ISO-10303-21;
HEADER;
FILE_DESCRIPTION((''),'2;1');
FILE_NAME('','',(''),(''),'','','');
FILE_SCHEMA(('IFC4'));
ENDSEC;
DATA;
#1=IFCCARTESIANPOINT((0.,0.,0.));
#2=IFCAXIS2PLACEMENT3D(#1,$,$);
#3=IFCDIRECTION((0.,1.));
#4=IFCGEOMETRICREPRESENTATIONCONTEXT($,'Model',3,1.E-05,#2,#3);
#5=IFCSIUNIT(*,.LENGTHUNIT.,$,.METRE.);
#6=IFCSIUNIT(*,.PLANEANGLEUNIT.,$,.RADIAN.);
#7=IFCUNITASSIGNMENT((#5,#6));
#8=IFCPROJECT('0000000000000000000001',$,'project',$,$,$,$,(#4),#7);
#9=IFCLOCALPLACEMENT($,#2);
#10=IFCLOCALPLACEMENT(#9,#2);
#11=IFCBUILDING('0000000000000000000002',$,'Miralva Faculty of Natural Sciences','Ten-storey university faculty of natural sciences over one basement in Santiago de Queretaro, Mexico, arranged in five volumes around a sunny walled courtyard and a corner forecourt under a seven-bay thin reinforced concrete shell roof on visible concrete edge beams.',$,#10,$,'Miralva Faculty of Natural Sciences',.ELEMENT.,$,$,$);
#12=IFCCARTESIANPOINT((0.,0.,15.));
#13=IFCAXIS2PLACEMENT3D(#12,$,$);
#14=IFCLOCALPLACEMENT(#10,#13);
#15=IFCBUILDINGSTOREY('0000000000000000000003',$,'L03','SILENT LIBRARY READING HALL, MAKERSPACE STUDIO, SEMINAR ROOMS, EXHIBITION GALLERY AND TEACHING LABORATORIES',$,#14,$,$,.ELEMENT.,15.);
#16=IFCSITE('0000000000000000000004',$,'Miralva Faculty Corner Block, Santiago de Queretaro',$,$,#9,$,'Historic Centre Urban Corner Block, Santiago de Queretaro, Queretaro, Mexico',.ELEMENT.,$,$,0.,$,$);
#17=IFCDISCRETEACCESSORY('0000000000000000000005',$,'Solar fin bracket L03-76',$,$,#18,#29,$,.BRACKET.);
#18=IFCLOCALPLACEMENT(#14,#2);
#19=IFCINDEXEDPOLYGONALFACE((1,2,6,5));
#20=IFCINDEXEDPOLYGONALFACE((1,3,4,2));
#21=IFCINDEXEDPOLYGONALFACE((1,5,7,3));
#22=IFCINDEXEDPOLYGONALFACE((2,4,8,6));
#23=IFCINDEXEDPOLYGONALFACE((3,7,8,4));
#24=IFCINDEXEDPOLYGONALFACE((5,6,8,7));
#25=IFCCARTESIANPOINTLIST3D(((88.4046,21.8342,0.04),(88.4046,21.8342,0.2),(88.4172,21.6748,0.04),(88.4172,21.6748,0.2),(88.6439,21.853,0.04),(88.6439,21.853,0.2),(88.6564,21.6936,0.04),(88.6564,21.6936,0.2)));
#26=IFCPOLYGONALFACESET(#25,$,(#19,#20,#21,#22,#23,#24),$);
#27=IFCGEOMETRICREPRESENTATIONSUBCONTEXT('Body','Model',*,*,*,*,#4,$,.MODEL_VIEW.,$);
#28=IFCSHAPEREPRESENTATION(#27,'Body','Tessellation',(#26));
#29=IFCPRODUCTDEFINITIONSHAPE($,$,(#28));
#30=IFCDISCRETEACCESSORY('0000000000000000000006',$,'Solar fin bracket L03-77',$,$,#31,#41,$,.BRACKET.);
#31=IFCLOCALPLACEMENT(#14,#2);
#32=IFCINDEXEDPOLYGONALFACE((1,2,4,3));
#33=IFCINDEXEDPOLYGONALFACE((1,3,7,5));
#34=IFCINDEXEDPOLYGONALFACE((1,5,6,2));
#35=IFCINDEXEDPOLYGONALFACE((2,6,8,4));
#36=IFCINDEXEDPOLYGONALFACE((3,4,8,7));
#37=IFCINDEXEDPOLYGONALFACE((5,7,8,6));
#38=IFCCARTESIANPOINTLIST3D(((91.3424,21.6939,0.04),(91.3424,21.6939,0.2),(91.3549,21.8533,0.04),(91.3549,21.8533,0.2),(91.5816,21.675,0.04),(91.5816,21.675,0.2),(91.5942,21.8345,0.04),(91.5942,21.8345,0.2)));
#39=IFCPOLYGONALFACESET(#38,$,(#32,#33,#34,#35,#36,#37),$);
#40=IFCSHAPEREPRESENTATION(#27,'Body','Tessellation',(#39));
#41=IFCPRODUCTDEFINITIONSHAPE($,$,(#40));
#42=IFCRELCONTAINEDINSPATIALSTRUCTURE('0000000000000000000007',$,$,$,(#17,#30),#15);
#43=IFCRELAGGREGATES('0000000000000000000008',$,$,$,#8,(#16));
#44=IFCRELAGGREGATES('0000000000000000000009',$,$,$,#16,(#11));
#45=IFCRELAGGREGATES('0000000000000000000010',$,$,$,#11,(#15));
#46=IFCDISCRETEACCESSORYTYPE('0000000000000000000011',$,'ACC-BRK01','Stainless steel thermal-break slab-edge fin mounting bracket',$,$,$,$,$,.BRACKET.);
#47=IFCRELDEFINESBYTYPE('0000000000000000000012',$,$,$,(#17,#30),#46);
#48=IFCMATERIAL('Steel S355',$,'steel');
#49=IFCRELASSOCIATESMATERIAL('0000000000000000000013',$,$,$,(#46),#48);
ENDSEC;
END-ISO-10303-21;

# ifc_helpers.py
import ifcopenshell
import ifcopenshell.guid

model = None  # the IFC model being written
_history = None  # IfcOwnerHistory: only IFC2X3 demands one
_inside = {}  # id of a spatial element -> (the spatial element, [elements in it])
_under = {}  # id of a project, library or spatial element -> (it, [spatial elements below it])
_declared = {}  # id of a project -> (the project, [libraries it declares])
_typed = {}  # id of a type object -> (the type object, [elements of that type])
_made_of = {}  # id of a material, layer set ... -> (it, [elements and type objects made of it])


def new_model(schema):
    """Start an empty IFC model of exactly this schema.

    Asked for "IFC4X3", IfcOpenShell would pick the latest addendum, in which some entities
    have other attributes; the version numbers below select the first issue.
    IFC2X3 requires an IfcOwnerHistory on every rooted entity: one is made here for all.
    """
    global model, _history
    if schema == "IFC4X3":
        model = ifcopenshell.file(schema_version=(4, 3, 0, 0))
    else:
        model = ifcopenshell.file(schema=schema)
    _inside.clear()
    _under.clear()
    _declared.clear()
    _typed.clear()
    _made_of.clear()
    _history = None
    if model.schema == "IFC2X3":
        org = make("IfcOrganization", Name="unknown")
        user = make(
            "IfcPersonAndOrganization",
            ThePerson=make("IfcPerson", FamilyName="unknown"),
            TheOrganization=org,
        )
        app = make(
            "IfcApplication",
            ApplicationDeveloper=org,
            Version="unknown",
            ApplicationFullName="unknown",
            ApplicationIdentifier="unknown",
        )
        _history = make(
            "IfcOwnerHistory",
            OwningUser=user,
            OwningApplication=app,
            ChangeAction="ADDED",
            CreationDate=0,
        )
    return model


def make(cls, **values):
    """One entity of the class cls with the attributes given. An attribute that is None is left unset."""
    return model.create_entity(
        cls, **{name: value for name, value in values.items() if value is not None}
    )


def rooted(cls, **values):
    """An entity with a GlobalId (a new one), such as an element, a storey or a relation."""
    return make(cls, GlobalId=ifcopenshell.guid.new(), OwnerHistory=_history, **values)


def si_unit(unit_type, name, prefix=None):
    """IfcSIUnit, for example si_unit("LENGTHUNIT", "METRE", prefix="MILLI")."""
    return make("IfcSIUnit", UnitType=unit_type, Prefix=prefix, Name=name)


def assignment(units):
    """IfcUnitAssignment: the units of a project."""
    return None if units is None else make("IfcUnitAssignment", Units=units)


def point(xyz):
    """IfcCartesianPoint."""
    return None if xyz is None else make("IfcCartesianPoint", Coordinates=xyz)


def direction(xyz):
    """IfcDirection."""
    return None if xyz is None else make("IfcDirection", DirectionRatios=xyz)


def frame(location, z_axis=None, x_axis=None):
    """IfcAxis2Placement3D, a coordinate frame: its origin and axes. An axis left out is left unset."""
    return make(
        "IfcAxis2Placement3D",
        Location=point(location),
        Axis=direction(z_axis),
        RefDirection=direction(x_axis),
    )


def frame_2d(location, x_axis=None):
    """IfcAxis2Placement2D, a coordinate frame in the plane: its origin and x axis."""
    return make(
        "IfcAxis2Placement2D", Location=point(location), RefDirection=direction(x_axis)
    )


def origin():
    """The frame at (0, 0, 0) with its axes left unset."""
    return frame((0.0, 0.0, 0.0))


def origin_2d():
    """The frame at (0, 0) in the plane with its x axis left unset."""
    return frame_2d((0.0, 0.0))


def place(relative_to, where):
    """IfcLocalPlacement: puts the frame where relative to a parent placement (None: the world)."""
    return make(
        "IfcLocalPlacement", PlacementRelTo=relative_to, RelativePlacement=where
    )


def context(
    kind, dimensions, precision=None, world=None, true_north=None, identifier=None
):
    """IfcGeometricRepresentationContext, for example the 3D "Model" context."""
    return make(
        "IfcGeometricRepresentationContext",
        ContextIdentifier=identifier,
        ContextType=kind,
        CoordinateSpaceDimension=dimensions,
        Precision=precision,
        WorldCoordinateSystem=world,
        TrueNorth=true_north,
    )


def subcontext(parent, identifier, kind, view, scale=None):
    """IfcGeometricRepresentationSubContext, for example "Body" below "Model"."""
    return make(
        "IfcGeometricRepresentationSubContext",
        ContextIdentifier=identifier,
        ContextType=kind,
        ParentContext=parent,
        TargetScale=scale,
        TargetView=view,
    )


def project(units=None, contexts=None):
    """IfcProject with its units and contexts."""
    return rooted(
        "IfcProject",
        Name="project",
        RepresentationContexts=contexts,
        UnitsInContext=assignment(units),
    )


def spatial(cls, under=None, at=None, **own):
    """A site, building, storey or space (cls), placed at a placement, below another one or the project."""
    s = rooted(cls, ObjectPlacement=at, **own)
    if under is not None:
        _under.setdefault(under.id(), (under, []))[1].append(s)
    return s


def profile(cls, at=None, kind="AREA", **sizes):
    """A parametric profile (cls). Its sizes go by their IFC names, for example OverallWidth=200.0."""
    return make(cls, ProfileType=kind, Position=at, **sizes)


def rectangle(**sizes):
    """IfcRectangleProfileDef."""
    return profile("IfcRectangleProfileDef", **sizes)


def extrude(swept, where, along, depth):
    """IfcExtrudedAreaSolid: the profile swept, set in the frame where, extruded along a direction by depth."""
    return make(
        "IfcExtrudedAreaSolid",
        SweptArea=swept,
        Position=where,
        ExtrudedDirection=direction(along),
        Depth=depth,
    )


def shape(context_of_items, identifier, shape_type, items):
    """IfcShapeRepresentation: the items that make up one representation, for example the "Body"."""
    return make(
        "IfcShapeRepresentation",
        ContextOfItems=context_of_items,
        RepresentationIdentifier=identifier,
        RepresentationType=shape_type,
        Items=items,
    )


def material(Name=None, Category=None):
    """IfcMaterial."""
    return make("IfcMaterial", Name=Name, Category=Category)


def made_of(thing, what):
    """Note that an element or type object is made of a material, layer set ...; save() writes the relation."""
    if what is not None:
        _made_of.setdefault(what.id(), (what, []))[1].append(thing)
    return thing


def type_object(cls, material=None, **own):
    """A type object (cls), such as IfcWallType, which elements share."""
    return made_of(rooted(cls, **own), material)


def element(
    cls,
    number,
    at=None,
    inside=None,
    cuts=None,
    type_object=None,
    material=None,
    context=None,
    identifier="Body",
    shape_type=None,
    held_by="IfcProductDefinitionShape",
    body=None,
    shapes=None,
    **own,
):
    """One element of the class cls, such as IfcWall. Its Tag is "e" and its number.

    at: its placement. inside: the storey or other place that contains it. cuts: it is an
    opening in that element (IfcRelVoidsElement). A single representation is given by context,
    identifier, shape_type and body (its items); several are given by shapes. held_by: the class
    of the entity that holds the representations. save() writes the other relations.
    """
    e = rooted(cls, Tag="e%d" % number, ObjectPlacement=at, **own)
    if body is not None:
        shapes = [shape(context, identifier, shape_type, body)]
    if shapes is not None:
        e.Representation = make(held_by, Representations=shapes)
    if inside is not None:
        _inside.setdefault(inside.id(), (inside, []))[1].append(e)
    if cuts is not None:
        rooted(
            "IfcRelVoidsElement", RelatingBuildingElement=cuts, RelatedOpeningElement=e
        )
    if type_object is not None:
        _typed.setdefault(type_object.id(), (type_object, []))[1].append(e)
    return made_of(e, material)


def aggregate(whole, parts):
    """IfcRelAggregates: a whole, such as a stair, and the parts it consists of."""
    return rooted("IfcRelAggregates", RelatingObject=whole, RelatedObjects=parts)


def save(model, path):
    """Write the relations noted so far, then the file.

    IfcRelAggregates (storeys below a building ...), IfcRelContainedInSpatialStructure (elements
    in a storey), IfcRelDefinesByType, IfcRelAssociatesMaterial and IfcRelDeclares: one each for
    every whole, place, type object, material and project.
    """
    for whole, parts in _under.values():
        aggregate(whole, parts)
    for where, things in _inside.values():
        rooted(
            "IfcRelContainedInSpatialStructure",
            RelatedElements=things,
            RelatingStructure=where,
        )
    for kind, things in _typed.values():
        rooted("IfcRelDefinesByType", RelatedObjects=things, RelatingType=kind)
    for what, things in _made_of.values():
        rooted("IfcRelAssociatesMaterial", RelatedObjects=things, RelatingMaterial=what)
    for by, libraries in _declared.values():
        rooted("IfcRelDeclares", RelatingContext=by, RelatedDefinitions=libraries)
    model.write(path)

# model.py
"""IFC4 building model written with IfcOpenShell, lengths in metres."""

from ifc_helpers import new_model, si_unit, direction, frame, origin, origin_2d, place, context, subcontext, project, spatial, rectangle, extrude, material, type_object, element, save


model = new_model("IFC4")

# Units and contexts
model_context = context("Model", 3, precision=1e-05, world=origin(), true_north=direction((0.0, 1.0)))
body_context = subcontext(model_context, "Body", "Model", "MODEL_VIEW")
ifc_project = project(units=[si_unit("LENGTHUNIT", "METRE"), si_unit("PLANEANGLEUNIT", "RADIAN")], contexts=[model_context])

# Site, building, storey
site_placement = place(None, origin())
site = spatial("IfcSite", under=ifc_project, at=site_placement, Name="Miralva Faculty Corner Block, Santiago de Queretaro", LongName="Historic Centre Urban Corner Block, Santiago de Queretaro, Queretaro, Mexico", CompositionType="ELEMENT", RefElevation=0.0)
building_placement = place(site_placement, origin())
building = spatial("IfcBuilding", under=site, at=building_placement, Name="Miralva Faculty of Natural Sciences", Description="Ten-storey university faculty of natural sciences over one basement in Santiago de Queretaro, Mexico, arranged in five volumes around a sunny walled courtyard and a corner forecourt under a seven-bay thin reinforced concrete shell roof on visible concrete edge beams.", LongName="Miralva Faculty of Natural Sciences", CompositionType="ELEMENT")
storey_placement = place(building_placement, frame((0.0, 0.0, 15.0)))
storey = spatial("IfcBuildingStorey", under=building, at=storey_placement, Name="L03", Description="SILENT LIBRARY READING HALL, MAKERSPACE STUDIO, SEMINAR ROOMS, EXHIBITION GALLERY AND TEACHING LABORATORIES", CompositionType="ELEMENT", Elevation=15.0)

# Discrete accessories
ifc_material_1 = material(Name="Steel S355", Category="steel")
discrete_accessory_type = type_object("IfcDiscreteAccessoryType", Name="ACC-BRK01", Description="Stainless steel thermal-break slab-edge fin mounting bracket", PredefinedType="BRACKET", material=ifc_material_1)
for number, where, z_axis, x_axis, name in (
    (1, (88.5305, 21.7639, 0.04), (0.0, 0.0, 1.0), (0.078459, -0.996917, 0.0), "Solar fin bracket L03-76"),
    (2, (91.4683, 21.7642, 0.04), (0.0, 0.0, 1.0), (-0.078459, -0.996917, 0.0), "Solar fin bracket L03-77"),
):
    element("IfcDiscreteAccessory", number, at=place(storey_placement, frame(where, z_axis=z_axis, x_axis=x_axis)), inside=storey, type_object=discrete_accessory_type, Name=name, PredefinedType="BRACKET", context=body_context, shape_type="SweptSolid", body=[
        extrude(rectangle(XDim=0.1599, YDim=0.24, at=origin_2d()), origin(), (0.0, 0.0, 1.0), 0.1599),
    ])

save(model, "model.ifc")
